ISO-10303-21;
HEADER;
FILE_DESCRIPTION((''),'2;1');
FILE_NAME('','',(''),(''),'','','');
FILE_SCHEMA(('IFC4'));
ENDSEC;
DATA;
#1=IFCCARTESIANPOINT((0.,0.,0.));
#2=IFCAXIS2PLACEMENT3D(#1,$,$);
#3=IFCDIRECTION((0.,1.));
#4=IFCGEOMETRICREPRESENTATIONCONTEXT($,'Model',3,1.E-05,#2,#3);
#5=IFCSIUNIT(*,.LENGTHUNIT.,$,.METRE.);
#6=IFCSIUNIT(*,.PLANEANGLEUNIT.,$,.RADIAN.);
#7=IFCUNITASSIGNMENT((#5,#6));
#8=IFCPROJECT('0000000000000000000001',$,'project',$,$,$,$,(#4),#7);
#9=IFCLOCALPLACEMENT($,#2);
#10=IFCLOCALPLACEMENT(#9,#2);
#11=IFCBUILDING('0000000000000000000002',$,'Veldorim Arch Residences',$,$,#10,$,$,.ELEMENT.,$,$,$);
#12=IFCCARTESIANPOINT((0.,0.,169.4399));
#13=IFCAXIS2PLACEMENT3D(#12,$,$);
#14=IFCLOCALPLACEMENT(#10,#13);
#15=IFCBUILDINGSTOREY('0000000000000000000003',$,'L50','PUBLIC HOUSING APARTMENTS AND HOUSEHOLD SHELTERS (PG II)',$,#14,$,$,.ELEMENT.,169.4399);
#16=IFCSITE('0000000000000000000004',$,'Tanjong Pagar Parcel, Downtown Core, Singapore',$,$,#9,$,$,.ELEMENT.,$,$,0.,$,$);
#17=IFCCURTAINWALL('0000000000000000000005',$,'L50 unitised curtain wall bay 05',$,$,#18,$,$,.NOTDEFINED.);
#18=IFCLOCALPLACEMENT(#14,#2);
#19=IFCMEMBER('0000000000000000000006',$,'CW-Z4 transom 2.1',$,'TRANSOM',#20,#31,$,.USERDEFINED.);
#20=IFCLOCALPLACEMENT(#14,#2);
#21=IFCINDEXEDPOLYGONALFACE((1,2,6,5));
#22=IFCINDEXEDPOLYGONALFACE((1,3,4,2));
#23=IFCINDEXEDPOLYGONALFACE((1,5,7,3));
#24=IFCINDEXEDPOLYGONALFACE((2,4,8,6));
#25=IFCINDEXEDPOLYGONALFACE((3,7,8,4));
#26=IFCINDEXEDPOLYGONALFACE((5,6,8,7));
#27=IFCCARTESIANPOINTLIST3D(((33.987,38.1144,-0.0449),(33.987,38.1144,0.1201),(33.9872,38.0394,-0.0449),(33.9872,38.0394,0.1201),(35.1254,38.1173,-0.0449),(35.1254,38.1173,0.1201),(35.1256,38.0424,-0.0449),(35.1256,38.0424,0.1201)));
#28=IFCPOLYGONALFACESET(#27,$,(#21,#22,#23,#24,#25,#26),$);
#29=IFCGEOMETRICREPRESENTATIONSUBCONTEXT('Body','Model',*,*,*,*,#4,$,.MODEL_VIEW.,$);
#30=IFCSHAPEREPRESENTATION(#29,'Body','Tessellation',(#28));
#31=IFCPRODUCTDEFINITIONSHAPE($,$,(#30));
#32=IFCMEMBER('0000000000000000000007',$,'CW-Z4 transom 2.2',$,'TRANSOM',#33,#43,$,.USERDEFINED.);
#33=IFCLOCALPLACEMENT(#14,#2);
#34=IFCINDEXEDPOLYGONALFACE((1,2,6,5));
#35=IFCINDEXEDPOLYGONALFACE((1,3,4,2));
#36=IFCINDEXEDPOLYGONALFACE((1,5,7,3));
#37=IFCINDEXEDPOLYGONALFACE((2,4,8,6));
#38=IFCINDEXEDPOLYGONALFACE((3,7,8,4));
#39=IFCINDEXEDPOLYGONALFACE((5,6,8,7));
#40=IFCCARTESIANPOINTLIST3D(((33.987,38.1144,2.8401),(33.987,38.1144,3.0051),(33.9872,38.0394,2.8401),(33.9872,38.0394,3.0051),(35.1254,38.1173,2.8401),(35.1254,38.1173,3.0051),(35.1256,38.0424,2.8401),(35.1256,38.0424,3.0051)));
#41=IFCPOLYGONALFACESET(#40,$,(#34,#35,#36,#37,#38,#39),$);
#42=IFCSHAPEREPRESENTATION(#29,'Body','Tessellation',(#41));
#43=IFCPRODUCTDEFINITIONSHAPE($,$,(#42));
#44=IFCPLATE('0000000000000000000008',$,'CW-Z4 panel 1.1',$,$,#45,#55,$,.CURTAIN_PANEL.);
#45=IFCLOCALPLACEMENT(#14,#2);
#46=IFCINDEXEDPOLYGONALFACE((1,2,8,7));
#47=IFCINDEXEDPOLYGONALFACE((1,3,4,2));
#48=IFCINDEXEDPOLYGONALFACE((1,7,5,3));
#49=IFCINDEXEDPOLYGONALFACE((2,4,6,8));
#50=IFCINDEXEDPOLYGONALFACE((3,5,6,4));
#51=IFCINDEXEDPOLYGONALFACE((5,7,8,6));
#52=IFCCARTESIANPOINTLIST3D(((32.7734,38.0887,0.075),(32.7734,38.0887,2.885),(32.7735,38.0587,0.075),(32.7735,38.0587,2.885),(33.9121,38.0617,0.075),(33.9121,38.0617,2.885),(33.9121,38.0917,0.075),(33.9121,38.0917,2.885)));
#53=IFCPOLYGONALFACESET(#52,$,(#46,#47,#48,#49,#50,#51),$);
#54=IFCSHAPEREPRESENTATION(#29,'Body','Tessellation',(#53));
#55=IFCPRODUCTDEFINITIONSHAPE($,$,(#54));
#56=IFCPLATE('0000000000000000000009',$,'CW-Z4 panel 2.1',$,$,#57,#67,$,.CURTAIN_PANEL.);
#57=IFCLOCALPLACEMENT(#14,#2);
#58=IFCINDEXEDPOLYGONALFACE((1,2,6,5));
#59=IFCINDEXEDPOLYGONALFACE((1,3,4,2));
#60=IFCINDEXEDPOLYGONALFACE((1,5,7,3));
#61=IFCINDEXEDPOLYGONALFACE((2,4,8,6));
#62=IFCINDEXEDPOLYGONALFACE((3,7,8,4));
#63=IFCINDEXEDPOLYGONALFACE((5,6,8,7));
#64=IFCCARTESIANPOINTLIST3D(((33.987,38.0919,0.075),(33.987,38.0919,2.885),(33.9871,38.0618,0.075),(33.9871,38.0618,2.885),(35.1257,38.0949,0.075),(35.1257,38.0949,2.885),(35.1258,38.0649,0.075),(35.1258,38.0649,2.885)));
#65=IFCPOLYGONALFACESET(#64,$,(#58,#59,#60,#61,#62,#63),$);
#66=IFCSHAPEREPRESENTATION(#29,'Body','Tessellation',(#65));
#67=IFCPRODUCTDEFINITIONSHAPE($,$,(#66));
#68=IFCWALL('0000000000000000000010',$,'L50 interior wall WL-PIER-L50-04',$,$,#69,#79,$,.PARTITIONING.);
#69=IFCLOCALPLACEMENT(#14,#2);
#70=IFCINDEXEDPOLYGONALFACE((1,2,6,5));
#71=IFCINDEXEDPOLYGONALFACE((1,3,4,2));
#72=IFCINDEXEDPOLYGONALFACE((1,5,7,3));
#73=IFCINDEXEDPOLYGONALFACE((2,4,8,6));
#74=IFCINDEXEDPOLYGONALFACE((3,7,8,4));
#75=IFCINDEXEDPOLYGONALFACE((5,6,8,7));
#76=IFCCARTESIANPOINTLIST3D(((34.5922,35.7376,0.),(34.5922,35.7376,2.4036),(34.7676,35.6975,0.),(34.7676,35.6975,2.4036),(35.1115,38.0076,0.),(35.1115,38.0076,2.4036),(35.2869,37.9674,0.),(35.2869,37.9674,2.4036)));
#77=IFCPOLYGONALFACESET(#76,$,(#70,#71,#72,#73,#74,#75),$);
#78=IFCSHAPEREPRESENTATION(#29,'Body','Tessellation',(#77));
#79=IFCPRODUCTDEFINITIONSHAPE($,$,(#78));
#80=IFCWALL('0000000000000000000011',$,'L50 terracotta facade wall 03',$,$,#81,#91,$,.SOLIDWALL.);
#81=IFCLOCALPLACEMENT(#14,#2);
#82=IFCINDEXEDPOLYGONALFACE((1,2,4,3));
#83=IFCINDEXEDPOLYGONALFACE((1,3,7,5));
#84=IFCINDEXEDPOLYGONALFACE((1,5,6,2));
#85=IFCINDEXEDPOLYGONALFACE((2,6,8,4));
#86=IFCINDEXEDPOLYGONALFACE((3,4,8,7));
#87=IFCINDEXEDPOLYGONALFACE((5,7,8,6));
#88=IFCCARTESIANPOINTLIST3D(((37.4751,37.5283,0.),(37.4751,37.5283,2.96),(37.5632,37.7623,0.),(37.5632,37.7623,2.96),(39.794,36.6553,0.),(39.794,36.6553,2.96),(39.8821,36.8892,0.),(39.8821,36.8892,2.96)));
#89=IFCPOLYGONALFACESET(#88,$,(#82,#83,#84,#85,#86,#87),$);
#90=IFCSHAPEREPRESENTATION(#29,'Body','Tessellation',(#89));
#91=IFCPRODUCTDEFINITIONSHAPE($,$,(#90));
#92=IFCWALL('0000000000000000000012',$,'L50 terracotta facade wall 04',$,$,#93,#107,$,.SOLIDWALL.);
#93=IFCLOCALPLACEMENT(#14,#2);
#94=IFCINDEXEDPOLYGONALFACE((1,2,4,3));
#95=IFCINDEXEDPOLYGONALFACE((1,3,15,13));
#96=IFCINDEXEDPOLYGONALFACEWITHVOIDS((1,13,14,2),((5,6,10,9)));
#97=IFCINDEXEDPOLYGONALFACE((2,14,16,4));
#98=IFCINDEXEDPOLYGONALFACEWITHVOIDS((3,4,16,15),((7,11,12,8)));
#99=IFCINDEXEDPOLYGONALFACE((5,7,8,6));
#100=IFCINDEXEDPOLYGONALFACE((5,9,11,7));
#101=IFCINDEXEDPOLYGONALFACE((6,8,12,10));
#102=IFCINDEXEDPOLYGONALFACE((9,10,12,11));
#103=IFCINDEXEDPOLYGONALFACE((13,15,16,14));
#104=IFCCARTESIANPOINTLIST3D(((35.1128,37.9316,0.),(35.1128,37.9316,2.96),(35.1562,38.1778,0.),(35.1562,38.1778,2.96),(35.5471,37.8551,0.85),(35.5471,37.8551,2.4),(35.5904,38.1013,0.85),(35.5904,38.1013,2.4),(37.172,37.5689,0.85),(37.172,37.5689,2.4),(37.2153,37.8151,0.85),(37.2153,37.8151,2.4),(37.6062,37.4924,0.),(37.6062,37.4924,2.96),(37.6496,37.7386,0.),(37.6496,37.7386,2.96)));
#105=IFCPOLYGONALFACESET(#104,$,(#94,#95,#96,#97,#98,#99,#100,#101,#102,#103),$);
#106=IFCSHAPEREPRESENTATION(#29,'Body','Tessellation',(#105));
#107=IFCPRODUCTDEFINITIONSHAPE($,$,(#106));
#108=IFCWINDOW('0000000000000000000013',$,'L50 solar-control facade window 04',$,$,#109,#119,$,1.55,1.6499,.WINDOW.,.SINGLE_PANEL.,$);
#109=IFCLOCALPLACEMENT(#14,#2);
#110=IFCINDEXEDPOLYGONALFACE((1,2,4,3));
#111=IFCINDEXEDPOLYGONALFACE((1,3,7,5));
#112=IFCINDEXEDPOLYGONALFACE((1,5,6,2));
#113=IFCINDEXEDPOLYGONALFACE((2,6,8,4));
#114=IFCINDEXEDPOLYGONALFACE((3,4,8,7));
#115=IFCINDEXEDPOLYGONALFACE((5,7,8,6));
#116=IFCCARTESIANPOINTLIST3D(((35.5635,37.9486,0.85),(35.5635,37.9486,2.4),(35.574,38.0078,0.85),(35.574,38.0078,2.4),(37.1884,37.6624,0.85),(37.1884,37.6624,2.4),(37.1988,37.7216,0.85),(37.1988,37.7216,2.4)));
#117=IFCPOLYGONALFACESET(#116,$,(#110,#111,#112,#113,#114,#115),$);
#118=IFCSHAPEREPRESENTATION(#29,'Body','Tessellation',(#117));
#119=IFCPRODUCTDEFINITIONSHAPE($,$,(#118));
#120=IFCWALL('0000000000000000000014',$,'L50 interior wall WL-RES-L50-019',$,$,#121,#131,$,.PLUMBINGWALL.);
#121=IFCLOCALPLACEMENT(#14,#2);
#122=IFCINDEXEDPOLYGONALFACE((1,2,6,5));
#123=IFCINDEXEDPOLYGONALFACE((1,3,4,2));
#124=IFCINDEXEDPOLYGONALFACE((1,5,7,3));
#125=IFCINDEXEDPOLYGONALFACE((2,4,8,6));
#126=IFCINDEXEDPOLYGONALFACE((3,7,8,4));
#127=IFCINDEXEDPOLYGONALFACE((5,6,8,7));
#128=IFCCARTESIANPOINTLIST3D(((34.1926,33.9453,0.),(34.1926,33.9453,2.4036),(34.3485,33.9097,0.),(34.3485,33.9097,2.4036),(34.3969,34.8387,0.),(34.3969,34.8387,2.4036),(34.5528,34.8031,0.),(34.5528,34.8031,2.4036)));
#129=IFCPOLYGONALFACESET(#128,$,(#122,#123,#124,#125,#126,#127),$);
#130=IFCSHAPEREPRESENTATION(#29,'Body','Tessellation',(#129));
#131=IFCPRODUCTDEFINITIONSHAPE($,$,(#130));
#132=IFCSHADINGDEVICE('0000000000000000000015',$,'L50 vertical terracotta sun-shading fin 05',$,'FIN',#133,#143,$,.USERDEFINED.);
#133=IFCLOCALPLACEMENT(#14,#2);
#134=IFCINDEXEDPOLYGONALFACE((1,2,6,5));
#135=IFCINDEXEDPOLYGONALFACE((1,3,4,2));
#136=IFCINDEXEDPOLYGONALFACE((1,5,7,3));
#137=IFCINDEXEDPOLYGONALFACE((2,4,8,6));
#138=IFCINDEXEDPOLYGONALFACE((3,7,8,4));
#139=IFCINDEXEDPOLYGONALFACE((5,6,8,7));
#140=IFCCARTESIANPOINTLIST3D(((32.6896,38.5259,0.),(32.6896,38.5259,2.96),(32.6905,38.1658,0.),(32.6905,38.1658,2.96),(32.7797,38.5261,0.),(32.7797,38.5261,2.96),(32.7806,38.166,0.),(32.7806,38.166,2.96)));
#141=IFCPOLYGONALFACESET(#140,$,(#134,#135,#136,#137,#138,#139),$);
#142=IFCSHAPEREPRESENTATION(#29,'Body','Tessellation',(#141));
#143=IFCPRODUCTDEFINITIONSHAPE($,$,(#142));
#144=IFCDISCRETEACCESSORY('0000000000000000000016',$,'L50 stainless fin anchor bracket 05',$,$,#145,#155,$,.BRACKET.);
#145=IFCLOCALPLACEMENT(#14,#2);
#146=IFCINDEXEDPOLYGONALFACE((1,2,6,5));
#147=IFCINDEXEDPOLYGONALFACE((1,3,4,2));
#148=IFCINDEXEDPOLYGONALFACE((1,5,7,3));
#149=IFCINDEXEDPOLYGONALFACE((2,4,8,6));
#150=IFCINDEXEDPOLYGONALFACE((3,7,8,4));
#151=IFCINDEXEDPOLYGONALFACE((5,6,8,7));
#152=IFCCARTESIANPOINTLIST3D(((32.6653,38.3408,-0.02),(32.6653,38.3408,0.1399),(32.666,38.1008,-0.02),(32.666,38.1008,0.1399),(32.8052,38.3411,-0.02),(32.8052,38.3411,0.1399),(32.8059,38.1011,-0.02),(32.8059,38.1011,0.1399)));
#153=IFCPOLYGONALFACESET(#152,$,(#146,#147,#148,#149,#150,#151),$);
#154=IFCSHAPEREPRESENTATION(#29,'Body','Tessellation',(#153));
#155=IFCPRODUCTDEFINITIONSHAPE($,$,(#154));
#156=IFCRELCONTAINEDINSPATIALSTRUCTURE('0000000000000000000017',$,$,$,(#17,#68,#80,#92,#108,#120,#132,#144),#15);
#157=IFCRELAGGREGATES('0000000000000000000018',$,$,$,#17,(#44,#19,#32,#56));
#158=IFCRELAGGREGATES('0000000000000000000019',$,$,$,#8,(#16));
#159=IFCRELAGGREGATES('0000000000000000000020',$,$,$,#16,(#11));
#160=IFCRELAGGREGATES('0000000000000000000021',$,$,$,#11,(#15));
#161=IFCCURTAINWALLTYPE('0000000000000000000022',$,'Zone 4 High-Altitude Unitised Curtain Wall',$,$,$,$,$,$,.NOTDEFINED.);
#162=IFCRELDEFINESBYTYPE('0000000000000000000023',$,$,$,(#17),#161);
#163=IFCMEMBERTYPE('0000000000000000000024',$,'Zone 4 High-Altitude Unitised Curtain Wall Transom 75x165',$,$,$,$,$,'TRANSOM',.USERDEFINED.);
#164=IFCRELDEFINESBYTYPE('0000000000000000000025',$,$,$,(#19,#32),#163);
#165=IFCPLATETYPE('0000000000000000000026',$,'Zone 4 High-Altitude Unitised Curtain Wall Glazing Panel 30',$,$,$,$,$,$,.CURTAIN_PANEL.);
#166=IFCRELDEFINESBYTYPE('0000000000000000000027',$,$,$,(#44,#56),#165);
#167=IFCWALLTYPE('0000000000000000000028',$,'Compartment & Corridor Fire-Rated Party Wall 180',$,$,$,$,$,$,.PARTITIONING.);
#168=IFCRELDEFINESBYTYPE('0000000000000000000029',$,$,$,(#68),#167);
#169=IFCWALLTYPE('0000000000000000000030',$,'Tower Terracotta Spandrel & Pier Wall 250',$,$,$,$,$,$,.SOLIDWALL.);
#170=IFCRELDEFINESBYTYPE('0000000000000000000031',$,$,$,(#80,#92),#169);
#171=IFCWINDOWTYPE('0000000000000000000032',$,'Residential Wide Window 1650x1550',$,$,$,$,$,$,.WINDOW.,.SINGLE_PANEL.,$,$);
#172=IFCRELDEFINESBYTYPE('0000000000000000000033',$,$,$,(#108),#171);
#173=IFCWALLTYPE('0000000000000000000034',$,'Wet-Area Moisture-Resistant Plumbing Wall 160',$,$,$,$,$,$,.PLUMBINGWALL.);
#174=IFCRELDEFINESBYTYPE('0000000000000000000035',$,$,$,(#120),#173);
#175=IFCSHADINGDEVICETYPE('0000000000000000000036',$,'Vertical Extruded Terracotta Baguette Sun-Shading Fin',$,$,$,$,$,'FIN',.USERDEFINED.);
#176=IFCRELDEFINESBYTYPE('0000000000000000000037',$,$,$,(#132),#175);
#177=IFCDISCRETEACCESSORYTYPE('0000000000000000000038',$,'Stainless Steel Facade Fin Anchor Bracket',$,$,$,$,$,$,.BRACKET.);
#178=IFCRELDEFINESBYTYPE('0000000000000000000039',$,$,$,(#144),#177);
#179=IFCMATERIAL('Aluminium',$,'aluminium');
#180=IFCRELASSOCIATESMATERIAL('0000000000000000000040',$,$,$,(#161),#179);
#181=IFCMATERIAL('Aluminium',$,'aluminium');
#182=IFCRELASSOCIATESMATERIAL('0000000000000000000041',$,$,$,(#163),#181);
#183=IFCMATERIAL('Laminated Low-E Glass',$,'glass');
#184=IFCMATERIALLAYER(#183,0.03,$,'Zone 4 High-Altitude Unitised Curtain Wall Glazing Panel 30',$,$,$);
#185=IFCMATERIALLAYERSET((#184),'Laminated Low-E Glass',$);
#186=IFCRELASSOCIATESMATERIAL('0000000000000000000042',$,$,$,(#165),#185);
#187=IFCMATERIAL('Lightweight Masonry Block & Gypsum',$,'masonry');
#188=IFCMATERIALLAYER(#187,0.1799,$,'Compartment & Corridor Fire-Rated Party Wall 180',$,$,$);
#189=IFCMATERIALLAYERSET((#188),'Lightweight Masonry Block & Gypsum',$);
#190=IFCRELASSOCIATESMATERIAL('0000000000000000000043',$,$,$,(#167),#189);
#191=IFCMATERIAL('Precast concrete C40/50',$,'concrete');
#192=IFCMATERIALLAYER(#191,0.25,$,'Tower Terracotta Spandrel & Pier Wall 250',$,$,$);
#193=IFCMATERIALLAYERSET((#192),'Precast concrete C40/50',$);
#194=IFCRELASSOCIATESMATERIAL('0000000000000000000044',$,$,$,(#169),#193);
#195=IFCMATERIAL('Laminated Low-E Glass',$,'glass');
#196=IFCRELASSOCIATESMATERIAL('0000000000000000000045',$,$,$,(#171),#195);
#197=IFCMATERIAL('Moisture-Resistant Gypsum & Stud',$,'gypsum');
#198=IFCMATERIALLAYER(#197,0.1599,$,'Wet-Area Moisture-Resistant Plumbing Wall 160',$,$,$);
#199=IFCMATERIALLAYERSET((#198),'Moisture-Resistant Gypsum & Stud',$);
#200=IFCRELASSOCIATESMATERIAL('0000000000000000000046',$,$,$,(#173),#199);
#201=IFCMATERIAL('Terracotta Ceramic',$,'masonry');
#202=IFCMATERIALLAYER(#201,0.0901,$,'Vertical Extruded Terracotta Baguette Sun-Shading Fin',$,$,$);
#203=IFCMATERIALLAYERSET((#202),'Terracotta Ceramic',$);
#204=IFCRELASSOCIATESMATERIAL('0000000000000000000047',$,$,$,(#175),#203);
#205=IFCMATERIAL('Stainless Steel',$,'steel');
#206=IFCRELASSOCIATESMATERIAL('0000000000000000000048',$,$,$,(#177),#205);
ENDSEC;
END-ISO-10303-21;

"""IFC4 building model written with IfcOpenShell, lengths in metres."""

from ifc_helpers import new_model, si_unit, direction, frame, frame_2d, origin, origin_2d, place, context, subcontext, project, spatial, rectangle, extrude, material, layer, layer_set, material_profile, profile_set, type_object, element, fill, aggregate, save


model = new_model("IFC4")

# Units and contexts
model_context = context("Model", 3, precision=1e-05, world=origin(), true_north=direction((0.0, 1.0)))
body_context = subcontext(model_context, "Body", "Model", "MODEL_VIEW")
ifc_project = project(units=[si_unit("LENGTHUNIT", "METRE"), si_unit("PLANEANGLEUNIT", "RADIAN")], contexts=[model_context])

# Site, building, storey
site_placement = place(None, origin())
site = spatial("IfcSite", under=ifc_project, at=site_placement, Name="Tanjong Pagar Parcel, Downtown Core, Singapore", CompositionType="ELEMENT", RefElevation=0.0)
building_placement = place(site_placement, origin())
building = spatial("IfcBuilding", under=site, at=building_placement, Name="Veldorim Arch Residences", CompositionType="ELEMENT")
storey_placement = place(building_placement, frame((0.0, 0.0, 169.4399)))
storey = spatial("IfcBuildingStorey", under=building, at=storey_placement, Name="L50", Description="PUBLIC HOUSING APARTMENTS AND HOUSEHOLD SHELTERS (PG II)", CompositionType="ELEMENT", Elevation=169.4399)

# Curtain wall, members, plates
ifc_material_1 = material(Name="Aluminium", Category="aluminium")
curtain_wall_type = type_object("IfcCurtainWallType", Name="Zone 4 High-Altitude Unitised Curtain Wall", PredefinedType="NOTDEFINED", material=ifc_material_1)
curtain_wall_placement = place(storey_placement, origin())
curtain_wall = element("IfcCurtainWall", 1, at=curtain_wall_placement, inside=storey, type_object=curtain_wall_type, Name="L50 unitised curtain wall bay 05", PredefinedType="NOTDEFINED")
ifc_material_2 = material(Name="Aluminium", Category="aluminium")
ifc_material_profile_1 = material_profile(ifc_material_2, rectangle(XDim=0.075, YDim=0.165, at=origin_2d()), Name="ALU_TRN_75x165")
ifc_profile_set_1 = profile_set([ifc_material_profile_1], Name="Aluminium")
member_type_1 = type_object("IfcMemberType", Name="Zone 4 High-Altitude Unitised Curtain Wall Transom 75x165", ElementType="TRANSOM", PredefinedType="USERDEFINED", material=ifc_profile_set_1)
member_1_placement = place(storey_placement, frame((33.9871, 38.0769, 0.0376), z_axis=(0.999997, 0.002573, 0.0), x_axis=(-0.002573, 0.999997, 0.0)))
member_1 = element("IfcMember", 2, at=member_1_placement, type_object=member_type_1, Name="CW-Z4 transom 2.1", ObjectType="TRANSOM", PredefinedType="USERDEFINED", context=body_context, shape_type="SweptSolid", body=[
    extrude(rectangle(XDim=0.075, YDim=0.165, at=origin_2d()), origin(), (0.0, 0.0, 1.0), 1.1384),
])
member_2_placement = place(storey_placement, frame((33.9871, 38.0769, 2.9226), z_axis=(0.999997, 0.002573, 0.0), x_axis=(-0.002573, 0.999997, 0.0)))
member_2 = element("IfcMember", 3, at=member_2_placement, type_object=member_type_1, Name="CW-Z4 transom 2.2", ObjectType="TRANSOM", PredefinedType="USERDEFINED", context=body_context, shape_type="SweptSolid", body=[
    extrude(rectangle(XDim=0.075, YDim=0.165, at=origin_2d()), origin(), (0.0, 0.0, 1.0), 1.1384),
])
ifc_material_3 = material(Name="Laminated Low-E Glass", Category="glass")
ifc_layer_1 = layer(ifc_material_3, 0.03, Name="Zone 4 High-Altitude Unitised Curtain Wall Glazing Panel 30")
ifc_layer_set_1 = layer_set([ifc_layer_1], Name="Laminated Low-E Glass")
plate_type = type_object("IfcPlateType", Name="Zone 4 High-Altitude Unitised Curtain Wall Glazing Panel 30", PredefinedType="CURTAIN_PANEL", material=ifc_layer_set_1)
plate_1_placement = place(storey_placement, frame((33.3428, 38.0752, 0.075), z_axis=(0.0, 0.0, 1.0), x_axis=(0.999996, 0.002678, 0.0)))
plate_1 = element("IfcPlate", 4, at=plate_1_placement, type_object=plate_type, Name="CW-Z4 panel 1.1", PredefinedType="CURTAIN_PANEL", context=body_context, shape_type="SweptSolid", body=[
    extrude(rectangle(XDim=1.1387, YDim=0.03, at=origin_2d()), origin(), (0.0, 0.0, 1.0), 2.8101),
])
plate_2_placement = place(storey_placement, frame((34.5564, 38.0784, 0.075), z_axis=(0.0, 0.0, 1.0), x_axis=(0.999996, 0.002678, 0.0)))
plate_2 = element("IfcPlate", 5, at=plate_2_placement, type_object=plate_type, Name="CW-Z4 panel 2.1", PredefinedType="CURTAIN_PANEL", context=body_context, shape_type="SweptSolid", body=[
    extrude(rectangle(XDim=1.1387, YDim=0.03, at=origin_2d()), origin(), (0.0, 0.0, 1.0), 2.8101),
])
aggregate(curtain_wall, [plate_1, member_1, member_2, plate_2])

# Walls
ifc_material_4 = material(Name="Lightweight Masonry Block & Gypsum", Category="masonry")
ifc_layer_2 = layer(ifc_material_4, 0.1799, Name="Compartment & Corridor Fire-Rated Party Wall 180")
ifc_layer_set_2 = layer_set([ifc_layer_2], Name="Lightweight Masonry Block & Gypsum")
wall_type_1 = type_object("IfcWallType", Name="Compartment & Corridor Fire-Rated Party Wall 180", PredefinedType="PARTITIONING", material=ifc_layer_set_2)
wall_1_placement = place(storey_placement, frame((34.6799, 35.7175, 0.0), z_axis=(0.0, 0.0, 1.0), x_axis=(0.222998, 0.974819, 0.0)))
element("IfcWall", 6, at=wall_1_placement, inside=storey, type_object=wall_type_1, Name="L50 interior wall WL-PIER-L50-04", PredefinedType="PARTITIONING", context=body_context, shape_type="SweptSolid", body=[
    extrude(rectangle(XDim=2.3286, YDim=0.1799, at=frame_2d((1.1643, 0.0))), origin(), (0.0, 0.0, 1.0), 2.4036),
])
ifc_material_5 = material(Name="Precast concrete C40/50", Category="concrete")
ifc_layer_3 = layer(ifc_material_5, 0.25, Name="Tower Terracotta Spandrel & Pier Wall 250")
ifc_layer_set_3 = layer_set([ifc_layer_3], Name="Precast concrete C40/50")
wall_type_2 = type_object("IfcWallType", Name="Tower Terracotta Spandrel & Pier Wall 250", PredefinedType="SOLIDWALL", material=ifc_layer_set_3)
wall_2_placement = place(storey_placement, frame((37.5193, 37.6453, 0.0), z_axis=(0.0, 0.0, 1.0), x_axis=(0.935867, -0.352354, 0.0)))
element("IfcWall", 7, at=wall_2_placement, inside=storey, type_object=wall_type_2, Name="L50 terracotta facade wall 03", PredefinedType="SOLIDWALL", context=body_context, shape_type="SweptSolid", body=[
    extrude(rectangle(XDim=2.4778, YDim=0.25, at=frame_2d((1.2388, 0.0))), origin(), (0.0, 0.0, 1.0), 2.96),
])

# Wall, opening, window
wall_3_placement = place(storey_placement, frame((35.1345, 38.0547, 0.0), z_axis=(0.0, 0.0, 1.0), x_axis=(0.984838, -0.173477, 0.0)))
wall_3 = element("IfcWall", 8, at=wall_3_placement, inside=storey, type_object=wall_type_2, Name="L50 terracotta facade wall 04", PredefinedType="SOLIDWALL", context=body_context, shape_type="SweptSolid", body=[
    extrude(rectangle(XDim=2.5317, YDim=0.25, at=frame_2d((1.2659, 0.0))), origin(), (0.0, 0.0, 1.0), 2.96),
])
opening_placement = place(wall_3_placement, frame((0.4409, 0.0, 0.8501)))
opening = element("IfcOpeningElement", 9, at=opening_placement, cuts=wall_3, PredefinedType="OPENING", context=body_context, shape_type="SweptSolid", body=[
    extrude(rectangle(XDim=1.6499, YDim=1.55, at=frame_2d((0.825, 0.7749))), frame((0.0, 0.135, 0.0), z_axis=(0.0, -1.0, 0.0), x_axis=(1.0, 0.0, 0.0)), (0.0, 0.0, 1.0), 0.27),
])
ifc_material_6 = material(Name="Laminated Low-E Glass", Category="glass")
window_type = type_object("IfcWindowType", Name="Residential Wide Window 1650x1550", PartitioningType="SINGLE_PANEL", PredefinedType="WINDOW", material=ifc_material_6)
window_placement = place(opening_placement, origin())
window = element("IfcWindow", 10, at=window_placement, inside=storey, type_object=window_type, Name="L50 solar-control facade window 04", OverallHeight=1.55, OverallWidth=1.6499, PartitioningType="SINGLE_PANEL", PredefinedType="WINDOW", context=body_context, shape_type="SweptSolid", body=[
    extrude(rectangle(XDim=1.6499, YDim=1.55, at=frame_2d((0.825, 0.7749))), frame((0.0, 0.03, 0.0), z_axis=(0.0, -1.0, 0.0), x_axis=(1.0, 0.0, 0.0)), (0.0, 0.0, 1.0), 0.0601),
])
fill(opening, window)

# Wall
ifc_material_7 = material(Name="Moisture-Resistant Gypsum & Stud", Category="gypsum")
ifc_layer_4 = layer(ifc_material_7, 0.1599, Name="Wet-Area Moisture-Resistant Plumbing Wall 160")
ifc_layer_set_4 = layer_set([ifc_layer_4], Name="Moisture-Resistant Gypsum & Stud")
wall_type_3 = type_object("IfcWallType", Name="Wet-Area Moisture-Resistant Plumbing Wall 160", PredefinedType="PLUMBINGWALL", material=ifc_layer_set_4)
wall_4_placement = place(storey_placement, frame((34.2705, 33.9275, 0.0), z_axis=(0.0, 0.0, 1.0), x_axis=(0.222991, 0.97482, 0.0)))
element("IfcWall", 11, at=wall_4_placement, inside=storey, type_object=wall_type_3, Name="L50 interior wall WL-RES-L50-019", PredefinedType="PLUMBINGWALL", context=body_context, shape_type="SweptSolid", body=[
    extrude(rectangle(XDim=0.9165, YDim=0.1599, at=frame_2d((0.4583, 0.0))), origin(), (0.0, 0.0, 1.0), 2.4036),
])

# Shading device
ifc_material_8 = material(Name="Terracotta Ceramic", Category="masonry")
ifc_layer_5 = layer(ifc_material_8, 0.0901, Name="Vertical Extruded Terracotta Baguette Sun-Shading Fin")
ifc_layer_set_5 = layer_set([ifc_layer_5], Name="Terracotta Ceramic")
shading_device_type = type_object("IfcShadingDeviceType", Name="Vertical Extruded Terracotta Baguette Sun-Shading Fin", ElementType="FIN", PredefinedType="USERDEFINED", material=ifc_layer_set_5)
shading_device_placement = place(storey_placement, frame((32.7351, 38.3459, 0.0), z_axis=(0.0, 0.0, 1.0), x_axis=(0.999997, 0.002618, 0.0)))
element("IfcShadingDevice", 12, at=shading_device_placement, inside=storey, type_object=shading_device_type, Name="L50 vertical terracotta sun-shading fin 05", ObjectType="FIN", PredefinedType="USERDEFINED", context=body_context, shape_type="SweptSolid", body=[
    extrude(rectangle(XDim=0.0901, YDim=0.3601, at=origin_2d()), origin(), (0.0, 0.0, 1.0), 2.96),
])

# Discrete accessory
ifc_material_9 = material(Name="Stainless Steel", Category="steel")
discrete_accessory_type = type_object("IfcDiscreteAccessoryType", Name="Stainless Steel Facade Fin Anchor Bracket", PredefinedType="BRACKET", material=ifc_material_9)
discrete_accessory_placement = place(storey_placement, frame((32.7356, 38.2209, -0.02), z_axis=(0.0, 0.0, 1.0), x_axis=(0.999997, 0.002618, 0.0)))
element("IfcDiscreteAccessory", 13, at=discrete_accessory_placement, inside=storey, type_object=discrete_accessory_type, Name="L50 stainless fin anchor bracket 05", PredefinedType="BRACKET", context=body_context, shape_type="SweptSolid", body=[
    extrude(rectangle(XDim=0.1399, YDim=0.24, at=origin_2d()), origin(), (0.0, 0.0, 1.0), 0.1599),
])

save(model, "model.ifc")
